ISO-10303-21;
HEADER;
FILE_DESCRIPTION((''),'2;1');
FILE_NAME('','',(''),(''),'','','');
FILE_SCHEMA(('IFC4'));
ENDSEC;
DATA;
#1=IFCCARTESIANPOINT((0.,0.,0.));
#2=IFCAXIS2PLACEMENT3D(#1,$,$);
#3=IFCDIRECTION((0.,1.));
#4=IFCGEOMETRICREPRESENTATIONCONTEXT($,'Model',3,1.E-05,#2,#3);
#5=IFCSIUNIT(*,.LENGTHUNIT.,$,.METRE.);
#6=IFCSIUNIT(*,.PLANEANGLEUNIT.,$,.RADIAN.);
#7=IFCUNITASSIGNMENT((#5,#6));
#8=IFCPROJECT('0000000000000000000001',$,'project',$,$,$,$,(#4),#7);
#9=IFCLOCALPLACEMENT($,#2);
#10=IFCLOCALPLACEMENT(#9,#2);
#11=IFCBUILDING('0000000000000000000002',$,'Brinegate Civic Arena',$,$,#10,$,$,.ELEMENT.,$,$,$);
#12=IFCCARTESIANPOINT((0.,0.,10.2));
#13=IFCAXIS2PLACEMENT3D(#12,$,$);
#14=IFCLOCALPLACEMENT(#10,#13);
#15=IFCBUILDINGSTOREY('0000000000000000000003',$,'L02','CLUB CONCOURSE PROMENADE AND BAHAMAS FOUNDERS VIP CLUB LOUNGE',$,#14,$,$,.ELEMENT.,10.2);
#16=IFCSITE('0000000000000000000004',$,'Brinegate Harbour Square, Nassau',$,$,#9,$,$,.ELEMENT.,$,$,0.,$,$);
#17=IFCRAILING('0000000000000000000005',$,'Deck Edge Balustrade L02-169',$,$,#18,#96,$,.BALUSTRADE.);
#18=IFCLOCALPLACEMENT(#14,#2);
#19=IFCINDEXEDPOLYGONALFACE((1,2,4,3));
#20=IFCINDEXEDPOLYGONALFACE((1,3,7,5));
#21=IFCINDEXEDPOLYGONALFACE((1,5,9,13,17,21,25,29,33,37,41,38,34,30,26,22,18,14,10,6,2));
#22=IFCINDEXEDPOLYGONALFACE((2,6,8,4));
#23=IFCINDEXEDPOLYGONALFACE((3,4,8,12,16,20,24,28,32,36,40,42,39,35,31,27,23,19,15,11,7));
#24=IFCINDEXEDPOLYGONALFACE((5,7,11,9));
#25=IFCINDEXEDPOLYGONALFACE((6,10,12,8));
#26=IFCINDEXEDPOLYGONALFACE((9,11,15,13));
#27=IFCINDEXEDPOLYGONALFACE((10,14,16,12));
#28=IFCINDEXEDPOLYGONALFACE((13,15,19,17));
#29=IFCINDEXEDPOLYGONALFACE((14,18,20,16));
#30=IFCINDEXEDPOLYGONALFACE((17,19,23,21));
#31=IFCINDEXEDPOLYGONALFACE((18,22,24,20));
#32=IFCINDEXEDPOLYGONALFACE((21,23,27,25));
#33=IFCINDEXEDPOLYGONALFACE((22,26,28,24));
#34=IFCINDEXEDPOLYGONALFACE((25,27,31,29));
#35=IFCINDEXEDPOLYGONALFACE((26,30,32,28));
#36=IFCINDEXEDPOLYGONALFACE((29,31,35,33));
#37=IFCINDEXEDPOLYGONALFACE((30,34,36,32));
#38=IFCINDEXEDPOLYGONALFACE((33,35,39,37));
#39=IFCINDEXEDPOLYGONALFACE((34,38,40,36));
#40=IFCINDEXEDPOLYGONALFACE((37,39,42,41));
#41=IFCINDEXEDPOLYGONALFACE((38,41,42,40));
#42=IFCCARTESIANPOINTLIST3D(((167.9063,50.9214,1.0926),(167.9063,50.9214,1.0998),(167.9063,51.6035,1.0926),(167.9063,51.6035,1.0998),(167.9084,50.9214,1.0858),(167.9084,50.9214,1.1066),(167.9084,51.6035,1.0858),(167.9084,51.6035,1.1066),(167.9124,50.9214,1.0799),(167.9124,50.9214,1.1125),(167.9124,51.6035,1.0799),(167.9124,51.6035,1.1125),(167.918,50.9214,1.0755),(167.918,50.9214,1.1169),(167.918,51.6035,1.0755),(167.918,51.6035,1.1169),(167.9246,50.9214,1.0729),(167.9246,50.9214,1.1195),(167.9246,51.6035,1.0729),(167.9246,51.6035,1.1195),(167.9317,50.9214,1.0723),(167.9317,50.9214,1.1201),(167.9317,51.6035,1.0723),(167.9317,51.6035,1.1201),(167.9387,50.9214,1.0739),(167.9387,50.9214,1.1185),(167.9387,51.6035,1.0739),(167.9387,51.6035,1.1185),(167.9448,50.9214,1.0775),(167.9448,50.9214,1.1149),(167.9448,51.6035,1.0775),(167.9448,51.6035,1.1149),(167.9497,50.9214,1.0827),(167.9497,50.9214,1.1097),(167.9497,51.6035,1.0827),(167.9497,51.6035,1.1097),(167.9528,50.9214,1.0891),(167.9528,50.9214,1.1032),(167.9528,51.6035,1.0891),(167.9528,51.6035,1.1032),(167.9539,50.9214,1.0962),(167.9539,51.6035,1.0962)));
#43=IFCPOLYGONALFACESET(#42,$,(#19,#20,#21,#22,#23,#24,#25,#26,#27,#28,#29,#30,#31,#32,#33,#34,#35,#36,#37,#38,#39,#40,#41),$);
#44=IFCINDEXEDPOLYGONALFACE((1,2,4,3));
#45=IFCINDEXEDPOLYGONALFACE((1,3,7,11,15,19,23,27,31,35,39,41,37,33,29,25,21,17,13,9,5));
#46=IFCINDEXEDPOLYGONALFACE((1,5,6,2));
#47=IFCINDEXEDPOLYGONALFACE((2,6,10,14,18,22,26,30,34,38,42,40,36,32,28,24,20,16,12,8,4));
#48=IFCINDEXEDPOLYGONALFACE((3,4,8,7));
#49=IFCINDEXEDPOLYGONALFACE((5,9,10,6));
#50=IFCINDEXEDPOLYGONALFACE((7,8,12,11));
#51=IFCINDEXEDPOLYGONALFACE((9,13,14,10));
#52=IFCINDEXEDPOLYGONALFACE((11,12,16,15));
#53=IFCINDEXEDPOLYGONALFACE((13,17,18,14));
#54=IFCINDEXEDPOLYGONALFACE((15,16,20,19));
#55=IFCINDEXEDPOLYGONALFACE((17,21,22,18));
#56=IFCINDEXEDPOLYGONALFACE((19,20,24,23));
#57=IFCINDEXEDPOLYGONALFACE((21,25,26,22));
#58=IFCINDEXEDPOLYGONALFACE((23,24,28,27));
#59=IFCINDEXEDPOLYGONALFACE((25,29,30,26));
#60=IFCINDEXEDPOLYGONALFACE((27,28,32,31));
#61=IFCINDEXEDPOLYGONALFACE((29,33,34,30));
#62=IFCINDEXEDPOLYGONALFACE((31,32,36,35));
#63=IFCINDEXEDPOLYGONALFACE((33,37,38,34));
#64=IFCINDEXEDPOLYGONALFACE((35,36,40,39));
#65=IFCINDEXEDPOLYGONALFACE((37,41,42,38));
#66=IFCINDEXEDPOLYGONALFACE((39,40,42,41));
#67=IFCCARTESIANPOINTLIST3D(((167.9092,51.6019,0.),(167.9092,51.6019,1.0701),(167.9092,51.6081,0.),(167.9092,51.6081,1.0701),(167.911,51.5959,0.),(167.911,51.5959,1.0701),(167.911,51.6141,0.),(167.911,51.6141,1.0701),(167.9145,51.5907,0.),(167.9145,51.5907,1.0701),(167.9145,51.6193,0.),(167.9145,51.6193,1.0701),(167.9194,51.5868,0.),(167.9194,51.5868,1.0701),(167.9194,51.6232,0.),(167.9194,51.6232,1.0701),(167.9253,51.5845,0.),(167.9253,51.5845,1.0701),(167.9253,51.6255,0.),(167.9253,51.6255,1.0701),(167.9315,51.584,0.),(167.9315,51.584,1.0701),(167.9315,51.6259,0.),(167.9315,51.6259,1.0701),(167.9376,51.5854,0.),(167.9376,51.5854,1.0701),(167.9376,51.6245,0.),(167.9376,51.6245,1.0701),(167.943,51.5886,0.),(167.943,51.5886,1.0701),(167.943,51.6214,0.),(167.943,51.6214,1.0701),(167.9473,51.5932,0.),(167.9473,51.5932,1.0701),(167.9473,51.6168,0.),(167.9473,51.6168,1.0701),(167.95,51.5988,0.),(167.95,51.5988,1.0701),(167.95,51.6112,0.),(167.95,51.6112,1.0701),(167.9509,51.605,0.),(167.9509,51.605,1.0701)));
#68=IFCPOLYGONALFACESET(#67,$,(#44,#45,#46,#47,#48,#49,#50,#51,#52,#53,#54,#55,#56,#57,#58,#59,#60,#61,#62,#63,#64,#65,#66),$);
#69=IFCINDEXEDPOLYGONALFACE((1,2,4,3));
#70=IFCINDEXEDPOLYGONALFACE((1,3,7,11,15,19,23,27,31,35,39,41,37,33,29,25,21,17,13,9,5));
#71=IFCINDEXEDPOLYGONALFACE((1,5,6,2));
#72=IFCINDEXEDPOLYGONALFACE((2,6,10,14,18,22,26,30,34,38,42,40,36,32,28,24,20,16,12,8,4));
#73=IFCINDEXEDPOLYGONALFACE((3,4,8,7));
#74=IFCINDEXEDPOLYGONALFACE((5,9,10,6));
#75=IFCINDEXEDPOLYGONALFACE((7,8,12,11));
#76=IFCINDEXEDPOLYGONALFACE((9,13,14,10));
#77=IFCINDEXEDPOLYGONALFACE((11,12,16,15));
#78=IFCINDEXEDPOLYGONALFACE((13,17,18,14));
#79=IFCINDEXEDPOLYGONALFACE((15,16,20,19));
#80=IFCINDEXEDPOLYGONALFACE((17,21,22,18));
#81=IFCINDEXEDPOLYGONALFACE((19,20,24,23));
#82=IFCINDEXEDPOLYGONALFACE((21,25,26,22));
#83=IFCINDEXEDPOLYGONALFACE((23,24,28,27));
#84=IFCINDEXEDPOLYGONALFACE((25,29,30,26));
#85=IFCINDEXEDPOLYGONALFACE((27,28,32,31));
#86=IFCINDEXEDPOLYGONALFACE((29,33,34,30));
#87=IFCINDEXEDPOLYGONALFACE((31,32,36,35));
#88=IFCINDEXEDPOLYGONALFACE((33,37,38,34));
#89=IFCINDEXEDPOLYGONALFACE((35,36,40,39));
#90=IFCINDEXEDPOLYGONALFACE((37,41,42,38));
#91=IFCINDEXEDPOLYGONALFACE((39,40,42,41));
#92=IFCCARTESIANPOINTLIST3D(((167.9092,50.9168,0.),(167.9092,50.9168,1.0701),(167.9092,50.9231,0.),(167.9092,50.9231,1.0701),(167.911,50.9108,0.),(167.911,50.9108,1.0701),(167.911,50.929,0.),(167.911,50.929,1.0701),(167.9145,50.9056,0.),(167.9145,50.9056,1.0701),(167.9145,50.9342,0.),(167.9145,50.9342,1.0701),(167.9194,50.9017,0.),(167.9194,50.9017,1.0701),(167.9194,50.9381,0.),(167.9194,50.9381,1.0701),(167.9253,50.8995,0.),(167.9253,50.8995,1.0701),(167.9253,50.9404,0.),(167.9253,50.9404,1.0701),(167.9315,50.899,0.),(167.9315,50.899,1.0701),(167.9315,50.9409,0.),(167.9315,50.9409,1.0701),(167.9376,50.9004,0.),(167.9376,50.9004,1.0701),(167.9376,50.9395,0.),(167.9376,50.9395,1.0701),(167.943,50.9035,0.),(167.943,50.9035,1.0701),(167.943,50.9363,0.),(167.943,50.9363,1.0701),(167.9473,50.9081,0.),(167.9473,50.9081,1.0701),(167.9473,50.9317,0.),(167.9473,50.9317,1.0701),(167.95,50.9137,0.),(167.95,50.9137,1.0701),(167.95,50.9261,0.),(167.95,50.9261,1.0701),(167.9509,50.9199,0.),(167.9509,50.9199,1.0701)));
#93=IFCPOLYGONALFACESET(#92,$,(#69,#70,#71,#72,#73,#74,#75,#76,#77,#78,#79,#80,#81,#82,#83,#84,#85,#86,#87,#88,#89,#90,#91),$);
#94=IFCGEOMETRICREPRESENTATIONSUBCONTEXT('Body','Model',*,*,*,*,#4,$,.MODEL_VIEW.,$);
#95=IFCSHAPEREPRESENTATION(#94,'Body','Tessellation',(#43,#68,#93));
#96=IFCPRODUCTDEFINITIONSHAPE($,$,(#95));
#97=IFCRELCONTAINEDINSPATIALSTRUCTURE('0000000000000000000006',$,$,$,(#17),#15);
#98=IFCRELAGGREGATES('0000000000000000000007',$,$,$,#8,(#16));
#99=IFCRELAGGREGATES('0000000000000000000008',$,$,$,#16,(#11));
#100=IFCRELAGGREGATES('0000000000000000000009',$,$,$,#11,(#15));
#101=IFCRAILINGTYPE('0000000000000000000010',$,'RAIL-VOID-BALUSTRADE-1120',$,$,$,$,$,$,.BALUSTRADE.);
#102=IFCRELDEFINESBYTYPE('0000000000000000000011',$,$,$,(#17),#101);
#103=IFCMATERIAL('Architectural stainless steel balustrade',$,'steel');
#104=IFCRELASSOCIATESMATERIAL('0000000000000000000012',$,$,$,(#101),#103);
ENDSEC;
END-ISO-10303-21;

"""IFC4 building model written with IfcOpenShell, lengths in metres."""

from ifc_helpers import new_model, si_unit, direction, frame, origin, origin_2d, place, context, subcontext, project, spatial, circle, extrude, material, type_object, element, save


model = new_model("IFC4")

# Units and contexts
model_context = context("Model", 3, precision=1e-05, world=origin(), true_north=direction((0.0, 1.0)))
body_context = subcontext(model_context, "Body", "Model", "MODEL_VIEW")
ifc_project = project(units=[si_unit("LENGTHUNIT", "METRE"), si_unit("PLANEANGLEUNIT", "RADIAN")], contexts=[model_context])

# Site, building, storey
site_placement = place(None, origin())
site = spatial("IfcSite", under=ifc_project, at=site_placement, Name="Brinegate Harbour Square, Nassau", CompositionType="ELEMENT", RefElevation=0.0)
building_placement = place(site_placement, origin())
building = spatial("IfcBuilding", under=site, at=building_placement, Name="Brinegate Civic Arena", CompositionType="ELEMENT")
storey_placement = place(building_placement, frame((0.0, 0.0, 10.2)))
storey = spatial("IfcBuildingStorey", under=building, at=storey_placement, Name="L02", Description="CLUB CONCOURSE PROMENADE AND BAHAMAS FOUNDERS VIP CLUB LOUNGE", CompositionType="ELEMENT", Elevation=10.2)

# Railing
ifc_material_1 = material(Name="Architectural stainless steel balustrade", Category="steel")
railing_type_1 = type_object("IfcRailingType", Name="RAIL-VOID-BALUSTRADE-1120", PredefinedType="BALUSTRADE", material=ifc_material_1)
for number, where, name in (
    (1, (167.9299, 51.605, 0.0), "Deck Edge Balustrade L02-169"),
):
    element("IfcRailing", number, at=place(storey_placement, frame(where)), inside=storey, type_object=railing_type_1, Name=name, PredefinedType="BALUSTRADE", context=body_context, shape_type="SweptSolid", body=[
        extrude(circle(Radius=0.0239, at=origin_2d()), frame((0.0, -0.0015, 1.0962), z_axis=(0.0, -1.0, 0.0), x_axis=(1.0, 0.0, 0.0)), (0.0, 0.0, 1.0), 0.6821),
        extrude(circle(Radius=0.021, at=origin_2d()), origin(), (0.0, 0.0, 1.0), 1.0701),
        extrude(circle(Radius=0.021, at=origin_2d()), frame((0.0, -0.6851, 0.0)), (0.0, 0.0, 1.0), 1.0701),
    ])

save(model, "model.ifc")
